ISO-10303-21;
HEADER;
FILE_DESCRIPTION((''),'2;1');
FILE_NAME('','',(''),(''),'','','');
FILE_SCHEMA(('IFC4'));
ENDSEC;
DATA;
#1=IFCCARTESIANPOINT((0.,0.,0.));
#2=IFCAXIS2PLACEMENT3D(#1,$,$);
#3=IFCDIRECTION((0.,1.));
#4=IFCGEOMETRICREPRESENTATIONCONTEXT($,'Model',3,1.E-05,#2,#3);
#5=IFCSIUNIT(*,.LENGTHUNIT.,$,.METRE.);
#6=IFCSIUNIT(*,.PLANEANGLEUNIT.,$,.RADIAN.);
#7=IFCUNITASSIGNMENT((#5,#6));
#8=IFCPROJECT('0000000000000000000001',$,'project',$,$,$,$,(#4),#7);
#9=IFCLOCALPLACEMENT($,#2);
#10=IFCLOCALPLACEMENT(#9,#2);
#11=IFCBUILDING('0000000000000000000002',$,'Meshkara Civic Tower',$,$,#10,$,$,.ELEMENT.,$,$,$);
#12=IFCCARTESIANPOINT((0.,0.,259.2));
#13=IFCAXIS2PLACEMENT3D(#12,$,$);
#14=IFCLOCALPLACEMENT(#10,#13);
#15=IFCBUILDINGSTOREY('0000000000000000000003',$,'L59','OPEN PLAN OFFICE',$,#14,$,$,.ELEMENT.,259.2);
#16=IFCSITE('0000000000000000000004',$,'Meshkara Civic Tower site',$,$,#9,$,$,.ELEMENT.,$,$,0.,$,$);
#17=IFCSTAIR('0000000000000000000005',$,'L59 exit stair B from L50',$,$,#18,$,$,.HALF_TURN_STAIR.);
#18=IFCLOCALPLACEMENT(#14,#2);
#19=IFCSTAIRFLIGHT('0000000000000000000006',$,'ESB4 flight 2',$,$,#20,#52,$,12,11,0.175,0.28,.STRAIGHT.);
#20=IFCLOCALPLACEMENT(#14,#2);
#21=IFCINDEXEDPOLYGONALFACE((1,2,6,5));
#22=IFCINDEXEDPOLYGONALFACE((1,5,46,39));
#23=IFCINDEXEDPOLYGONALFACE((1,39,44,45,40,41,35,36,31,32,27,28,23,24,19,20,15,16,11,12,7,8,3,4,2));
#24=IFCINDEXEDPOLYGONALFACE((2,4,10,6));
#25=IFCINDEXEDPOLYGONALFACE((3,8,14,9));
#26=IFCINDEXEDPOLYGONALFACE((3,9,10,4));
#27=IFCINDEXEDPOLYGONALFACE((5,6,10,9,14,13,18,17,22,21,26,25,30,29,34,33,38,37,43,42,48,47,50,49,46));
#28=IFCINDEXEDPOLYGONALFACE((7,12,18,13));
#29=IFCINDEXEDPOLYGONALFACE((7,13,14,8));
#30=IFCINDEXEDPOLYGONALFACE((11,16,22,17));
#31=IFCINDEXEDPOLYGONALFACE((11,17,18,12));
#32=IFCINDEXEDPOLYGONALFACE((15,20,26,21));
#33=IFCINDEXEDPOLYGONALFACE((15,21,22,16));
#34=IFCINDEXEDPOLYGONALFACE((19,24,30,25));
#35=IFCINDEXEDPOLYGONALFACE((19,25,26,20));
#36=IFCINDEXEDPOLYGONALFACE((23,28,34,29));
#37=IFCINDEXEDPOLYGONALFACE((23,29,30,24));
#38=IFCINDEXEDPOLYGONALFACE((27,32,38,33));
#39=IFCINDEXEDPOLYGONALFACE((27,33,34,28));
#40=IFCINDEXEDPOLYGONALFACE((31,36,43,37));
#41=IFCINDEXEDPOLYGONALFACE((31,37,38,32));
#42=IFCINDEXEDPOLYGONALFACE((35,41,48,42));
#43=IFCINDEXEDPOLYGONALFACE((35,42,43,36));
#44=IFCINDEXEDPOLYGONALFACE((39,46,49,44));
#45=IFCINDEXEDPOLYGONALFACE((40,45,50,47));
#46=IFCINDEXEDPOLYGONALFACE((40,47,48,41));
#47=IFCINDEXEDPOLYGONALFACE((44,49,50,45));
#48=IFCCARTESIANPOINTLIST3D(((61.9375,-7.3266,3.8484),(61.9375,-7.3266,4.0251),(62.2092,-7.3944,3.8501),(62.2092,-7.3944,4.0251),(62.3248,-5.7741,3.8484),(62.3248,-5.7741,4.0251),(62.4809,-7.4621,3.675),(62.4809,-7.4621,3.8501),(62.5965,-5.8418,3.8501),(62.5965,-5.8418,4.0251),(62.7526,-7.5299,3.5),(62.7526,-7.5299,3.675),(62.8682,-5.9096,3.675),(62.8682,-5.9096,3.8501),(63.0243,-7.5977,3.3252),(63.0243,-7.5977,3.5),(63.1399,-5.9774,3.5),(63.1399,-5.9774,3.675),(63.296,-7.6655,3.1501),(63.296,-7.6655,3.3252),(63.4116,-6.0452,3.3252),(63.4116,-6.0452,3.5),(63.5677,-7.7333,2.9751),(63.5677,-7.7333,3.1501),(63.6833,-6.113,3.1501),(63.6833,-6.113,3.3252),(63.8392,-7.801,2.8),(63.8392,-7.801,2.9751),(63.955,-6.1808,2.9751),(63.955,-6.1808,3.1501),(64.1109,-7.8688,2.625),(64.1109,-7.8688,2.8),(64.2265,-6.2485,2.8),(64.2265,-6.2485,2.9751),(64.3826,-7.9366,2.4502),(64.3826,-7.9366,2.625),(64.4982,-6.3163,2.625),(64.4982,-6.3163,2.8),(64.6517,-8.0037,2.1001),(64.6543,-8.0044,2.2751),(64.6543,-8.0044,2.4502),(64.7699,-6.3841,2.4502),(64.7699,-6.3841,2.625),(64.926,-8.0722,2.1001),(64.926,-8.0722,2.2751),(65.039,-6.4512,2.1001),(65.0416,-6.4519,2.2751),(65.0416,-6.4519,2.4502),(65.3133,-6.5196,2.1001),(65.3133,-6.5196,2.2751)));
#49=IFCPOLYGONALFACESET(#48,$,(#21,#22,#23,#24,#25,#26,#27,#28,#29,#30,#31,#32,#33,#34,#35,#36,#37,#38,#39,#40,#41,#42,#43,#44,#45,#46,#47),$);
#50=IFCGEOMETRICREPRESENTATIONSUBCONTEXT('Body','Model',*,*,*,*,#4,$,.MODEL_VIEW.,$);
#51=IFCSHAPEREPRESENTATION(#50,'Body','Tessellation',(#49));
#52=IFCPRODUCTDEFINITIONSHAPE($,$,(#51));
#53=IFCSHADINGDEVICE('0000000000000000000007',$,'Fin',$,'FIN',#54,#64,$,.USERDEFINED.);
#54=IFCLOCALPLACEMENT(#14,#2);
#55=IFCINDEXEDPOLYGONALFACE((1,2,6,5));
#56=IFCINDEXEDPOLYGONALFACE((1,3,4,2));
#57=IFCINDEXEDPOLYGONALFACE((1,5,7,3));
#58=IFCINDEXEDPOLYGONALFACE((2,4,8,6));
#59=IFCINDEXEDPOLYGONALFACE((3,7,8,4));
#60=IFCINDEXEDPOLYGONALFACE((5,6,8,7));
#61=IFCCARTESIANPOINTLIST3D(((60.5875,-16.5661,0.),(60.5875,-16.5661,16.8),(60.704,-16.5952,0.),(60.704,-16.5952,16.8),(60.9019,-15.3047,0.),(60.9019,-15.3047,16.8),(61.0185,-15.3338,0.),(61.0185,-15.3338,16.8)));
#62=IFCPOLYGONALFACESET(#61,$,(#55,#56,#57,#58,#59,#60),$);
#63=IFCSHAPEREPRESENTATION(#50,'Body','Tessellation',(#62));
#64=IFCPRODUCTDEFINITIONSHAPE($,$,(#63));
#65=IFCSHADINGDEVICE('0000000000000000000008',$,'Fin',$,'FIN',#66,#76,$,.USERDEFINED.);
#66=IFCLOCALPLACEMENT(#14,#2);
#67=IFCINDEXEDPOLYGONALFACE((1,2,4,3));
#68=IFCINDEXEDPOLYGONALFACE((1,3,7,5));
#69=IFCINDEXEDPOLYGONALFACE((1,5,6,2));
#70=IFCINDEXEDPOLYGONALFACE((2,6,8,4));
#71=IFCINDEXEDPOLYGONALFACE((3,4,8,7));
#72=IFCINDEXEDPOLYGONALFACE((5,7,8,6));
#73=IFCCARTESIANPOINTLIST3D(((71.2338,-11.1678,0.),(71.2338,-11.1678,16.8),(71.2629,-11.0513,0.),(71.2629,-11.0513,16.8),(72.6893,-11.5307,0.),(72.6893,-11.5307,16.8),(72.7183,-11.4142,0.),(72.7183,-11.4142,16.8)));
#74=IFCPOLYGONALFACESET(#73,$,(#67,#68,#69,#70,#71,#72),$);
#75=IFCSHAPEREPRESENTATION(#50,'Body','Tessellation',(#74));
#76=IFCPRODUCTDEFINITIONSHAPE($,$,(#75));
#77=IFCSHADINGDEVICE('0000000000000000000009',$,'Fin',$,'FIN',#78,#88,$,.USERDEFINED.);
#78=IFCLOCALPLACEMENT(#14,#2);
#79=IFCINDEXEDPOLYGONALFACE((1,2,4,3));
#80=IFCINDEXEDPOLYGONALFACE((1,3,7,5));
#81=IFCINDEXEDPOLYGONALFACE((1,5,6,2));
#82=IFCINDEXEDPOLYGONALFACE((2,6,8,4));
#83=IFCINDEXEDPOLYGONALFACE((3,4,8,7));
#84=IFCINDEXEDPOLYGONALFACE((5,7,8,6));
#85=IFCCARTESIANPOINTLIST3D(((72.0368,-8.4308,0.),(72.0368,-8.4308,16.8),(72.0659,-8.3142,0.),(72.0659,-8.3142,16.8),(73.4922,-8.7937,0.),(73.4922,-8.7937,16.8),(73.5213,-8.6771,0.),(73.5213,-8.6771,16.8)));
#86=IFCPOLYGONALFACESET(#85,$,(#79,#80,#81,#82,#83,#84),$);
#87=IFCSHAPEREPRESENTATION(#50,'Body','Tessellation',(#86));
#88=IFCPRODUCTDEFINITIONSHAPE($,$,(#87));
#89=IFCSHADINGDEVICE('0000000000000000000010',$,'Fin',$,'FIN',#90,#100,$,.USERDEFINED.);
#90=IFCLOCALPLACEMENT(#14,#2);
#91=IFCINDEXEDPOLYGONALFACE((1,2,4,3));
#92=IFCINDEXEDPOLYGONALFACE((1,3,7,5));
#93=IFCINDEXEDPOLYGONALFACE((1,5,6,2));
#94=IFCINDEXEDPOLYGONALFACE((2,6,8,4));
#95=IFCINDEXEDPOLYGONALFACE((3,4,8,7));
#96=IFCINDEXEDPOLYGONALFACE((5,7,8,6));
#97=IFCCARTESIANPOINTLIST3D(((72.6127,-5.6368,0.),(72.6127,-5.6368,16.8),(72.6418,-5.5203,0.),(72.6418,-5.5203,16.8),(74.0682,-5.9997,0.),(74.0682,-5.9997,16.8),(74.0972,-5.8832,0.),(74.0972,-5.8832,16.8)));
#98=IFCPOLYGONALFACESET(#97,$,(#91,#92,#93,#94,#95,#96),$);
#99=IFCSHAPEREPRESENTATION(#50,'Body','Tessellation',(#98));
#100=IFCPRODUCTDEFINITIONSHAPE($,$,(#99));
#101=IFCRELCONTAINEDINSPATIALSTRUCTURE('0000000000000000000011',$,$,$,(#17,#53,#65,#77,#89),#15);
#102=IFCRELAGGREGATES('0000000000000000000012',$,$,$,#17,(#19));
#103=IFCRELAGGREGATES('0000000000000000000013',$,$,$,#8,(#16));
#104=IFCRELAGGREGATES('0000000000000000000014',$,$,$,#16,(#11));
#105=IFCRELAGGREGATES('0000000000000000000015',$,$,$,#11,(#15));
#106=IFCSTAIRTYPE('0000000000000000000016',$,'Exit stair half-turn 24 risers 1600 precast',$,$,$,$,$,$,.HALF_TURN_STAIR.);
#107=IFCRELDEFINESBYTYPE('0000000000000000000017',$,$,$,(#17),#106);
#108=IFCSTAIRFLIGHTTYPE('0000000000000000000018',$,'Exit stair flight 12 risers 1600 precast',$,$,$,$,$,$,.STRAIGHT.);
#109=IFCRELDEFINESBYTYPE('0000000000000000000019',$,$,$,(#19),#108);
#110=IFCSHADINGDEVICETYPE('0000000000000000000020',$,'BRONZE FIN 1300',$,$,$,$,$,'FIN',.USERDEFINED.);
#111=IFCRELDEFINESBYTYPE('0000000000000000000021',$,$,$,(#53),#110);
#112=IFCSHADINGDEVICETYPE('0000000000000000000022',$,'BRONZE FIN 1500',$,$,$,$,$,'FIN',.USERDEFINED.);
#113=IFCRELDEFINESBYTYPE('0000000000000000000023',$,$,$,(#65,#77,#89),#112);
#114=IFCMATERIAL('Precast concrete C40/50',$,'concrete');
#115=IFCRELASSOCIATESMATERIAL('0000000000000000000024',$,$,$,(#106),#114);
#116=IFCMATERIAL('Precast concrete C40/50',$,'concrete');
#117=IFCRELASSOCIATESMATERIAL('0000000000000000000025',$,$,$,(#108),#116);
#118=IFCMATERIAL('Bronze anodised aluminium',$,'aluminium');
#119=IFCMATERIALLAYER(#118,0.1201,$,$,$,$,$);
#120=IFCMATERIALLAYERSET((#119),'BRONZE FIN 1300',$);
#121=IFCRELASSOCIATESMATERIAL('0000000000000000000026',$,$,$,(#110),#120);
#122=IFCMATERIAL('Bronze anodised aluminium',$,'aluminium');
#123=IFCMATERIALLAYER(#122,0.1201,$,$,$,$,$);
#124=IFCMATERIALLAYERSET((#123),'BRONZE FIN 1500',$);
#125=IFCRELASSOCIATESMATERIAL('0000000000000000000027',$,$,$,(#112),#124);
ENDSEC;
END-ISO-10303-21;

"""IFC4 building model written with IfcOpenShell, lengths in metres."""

from ifc_helpers import new_model, si_unit, direction, frame, origin, origin_2d, place, context, subcontext, project, spatial, polyline, rectangle, outline, extrude, material, layer, layer_set, type_object, element, aggregate, save


model = new_model("IFC4")

# Units and contexts
model_context = context("Model", 3, precision=1e-05, world=origin(), true_north=direction((0.0, 1.0)))
body_context = subcontext(model_context, "Body", "Model", "MODEL_VIEW")
ifc_project = project(units=[si_unit("LENGTHUNIT", "METRE"), si_unit("PLANEANGLEUNIT", "RADIAN")], contexts=[model_context])

# Site, building, storey
site_placement = place(None, origin())
site = spatial("IfcSite", under=ifc_project, at=site_placement, Name="Meshkara Civic Tower site", CompositionType="ELEMENT", RefElevation=0.0)
building_placement = place(site_placement, origin())
building = spatial("IfcBuilding", under=site, at=building_placement, Name="Meshkara Civic Tower", CompositionType="ELEMENT")
storey_placement = place(building_placement, frame((0.0, 0.0, 259.2)))
storey = spatial("IfcBuildingStorey", under=building, at=storey_placement, Name="L59", Description="OPEN PLAN OFFICE", CompositionType="ELEMENT", Elevation=259.2)

# Stair, stair flight
ifc_material_1 = material(Name="Precast concrete C40/50", Category="concrete")
stair_type = type_object("IfcStairType", Name="Exit stair half-turn 24 risers 1600 precast", PredefinedType="HALF_TURN_STAIR", material=ifc_material_1)
stair_placement = place(storey_placement, origin())
stair = element("IfcStair", 1, at=stair_placement, inside=storey, type_object=stair_type, Name="L59 exit stair B from L50", PredefinedType="HALF_TURN_STAIR")
ifc_material_2 = material(Name="Precast concrete C40/50", Category="concrete")
stair_flight_type = type_object("IfcStairFlightType", Name="Exit stair flight 12 risers 1600 precast", PredefinedType="STRAIGHT", material=ifc_material_2)
stair_flight_1_placement = place(storey_placement, frame((65.1196, -7.2959, 2.1001), z_axis=(0.0, 0.0, 1.0), x_axis=(-0.97026, 0.242065, 0.0)))
stair_flight_1 = element("IfcStairFlight", 2, at=stair_flight_1_placement, type_object=stair_flight_type, Name="ESB4 flight 2", NumberOfRisers=12, NumberOfTreads=11, PredefinedType="STRAIGHT", RiserHeight=0.175, TreadLength=0.28, context=body_context, shape_type="SweptSolid", body=[
    extrude(outline(polyline([(0.0, 0.0), (0.0, 0.175), (0.28, 0.175), (0.28, 0.3501), (0.5601, 0.3501), (0.5601, 0.5249), (0.8401, 0.5249), (0.8401, 0.7), (1.1201, 0.7), (1.1201, 0.875), (1.3999, 0.875), (1.3999, 1.05), (1.6799, 1.05), (1.6799, 1.2251), (1.96, 1.2251), (1.96, 1.3999), (2.24, 1.3999), (2.24, 1.575), (2.52, 1.575), (2.52, 1.75), (2.8, 1.75), (2.8, 1.925), (3.0801, 1.925), (3.0801, 2.1001), (3.0801, 1.7483), (0.2827, 0.0), (0.0, 0.0)])), frame((0.0, 0.8, 0.0), z_axis=(0.0, -1.0, 0.0), x_axis=(1.0, 0.0, 0.0)), (0.0, 0.0, 1.0), 1.6001),
])
aggregate(stair, [stair_flight_1])

# Shading devices
ifc_material_3 = material(Name="Bronze anodised aluminium", Category="aluminium")
ifc_layer_1 = layer(ifc_material_3, 0.1201)
ifc_layer_set_1 = layer_set([ifc_layer_1], Name="BRONZE FIN 1300")
shading_device_type_1 = type_object("IfcShadingDeviceType", Name="BRONZE FIN 1300", ElementType="FIN", PredefinedType="USERDEFINED", material=ifc_layer_set_1)
shading_device_placement = place(storey_placement, frame((60.803, -15.95, 0.0), z_axis=(0.0, 0.0, 1.0), x_axis=(0.9703, -0.241905, 0.0)))
element("IfcShadingDevice", 3, at=shading_device_placement, inside=storey, type_object=shading_device_type_1, Name="Fin", ObjectType="FIN", PredefinedType="USERDEFINED", context=body_context, shape_type="SweptSolid", body=[
    extrude(rectangle(XDim=0.1201, YDim=1.3, at=origin_2d()), origin(), (0.0, 0.0, 1.0), 16.8),
])
ifc_material_4 = material(Name="Bronze anodised aluminium", Category="aluminium")
ifc_layer_2 = layer(ifc_material_4, 0.1201)
ifc_layer_set_2 = layer_set([ifc_layer_2], Name="BRONZE FIN 1500")
shading_device_type_2 = type_object("IfcShadingDeviceType", Name="BRONZE FIN 1500", ElementType="FIN", PredefinedType="USERDEFINED", material=ifc_layer_set_2)
for number, where, z_axis, x_axis, name in (
    (4, (71.9761, -11.291, 0.0), (0.0, 0.0, 1.0), (0.241922, 0.970296, 0.0), "Fin"),
    (5, (72.7791, -8.554, 0.0), (0.0, 0.0, 1.0), (0.241922, 0.970296, 0.0), "Fin"),
    (6, (73.355, -5.76, 0.0), (0.0, 0.0, 1.0), (0.241922, 0.970296, 0.0), "Fin"),
):
    element("IfcShadingDevice", number, at=place(storey_placement, frame(where, z_axis=z_axis, x_axis=x_axis)), inside=storey, type_object=shading_device_type_2, Name=name, ObjectType="FIN", PredefinedType="USERDEFINED", context=body_context, shape_type="SweptSolid", body=[
        extrude(rectangle(XDim=0.1201, YDim=1.5, at=origin_2d()), origin(), (0.0, 0.0, 1.0), 16.8),
    ])

save(model, "model.ifc")
